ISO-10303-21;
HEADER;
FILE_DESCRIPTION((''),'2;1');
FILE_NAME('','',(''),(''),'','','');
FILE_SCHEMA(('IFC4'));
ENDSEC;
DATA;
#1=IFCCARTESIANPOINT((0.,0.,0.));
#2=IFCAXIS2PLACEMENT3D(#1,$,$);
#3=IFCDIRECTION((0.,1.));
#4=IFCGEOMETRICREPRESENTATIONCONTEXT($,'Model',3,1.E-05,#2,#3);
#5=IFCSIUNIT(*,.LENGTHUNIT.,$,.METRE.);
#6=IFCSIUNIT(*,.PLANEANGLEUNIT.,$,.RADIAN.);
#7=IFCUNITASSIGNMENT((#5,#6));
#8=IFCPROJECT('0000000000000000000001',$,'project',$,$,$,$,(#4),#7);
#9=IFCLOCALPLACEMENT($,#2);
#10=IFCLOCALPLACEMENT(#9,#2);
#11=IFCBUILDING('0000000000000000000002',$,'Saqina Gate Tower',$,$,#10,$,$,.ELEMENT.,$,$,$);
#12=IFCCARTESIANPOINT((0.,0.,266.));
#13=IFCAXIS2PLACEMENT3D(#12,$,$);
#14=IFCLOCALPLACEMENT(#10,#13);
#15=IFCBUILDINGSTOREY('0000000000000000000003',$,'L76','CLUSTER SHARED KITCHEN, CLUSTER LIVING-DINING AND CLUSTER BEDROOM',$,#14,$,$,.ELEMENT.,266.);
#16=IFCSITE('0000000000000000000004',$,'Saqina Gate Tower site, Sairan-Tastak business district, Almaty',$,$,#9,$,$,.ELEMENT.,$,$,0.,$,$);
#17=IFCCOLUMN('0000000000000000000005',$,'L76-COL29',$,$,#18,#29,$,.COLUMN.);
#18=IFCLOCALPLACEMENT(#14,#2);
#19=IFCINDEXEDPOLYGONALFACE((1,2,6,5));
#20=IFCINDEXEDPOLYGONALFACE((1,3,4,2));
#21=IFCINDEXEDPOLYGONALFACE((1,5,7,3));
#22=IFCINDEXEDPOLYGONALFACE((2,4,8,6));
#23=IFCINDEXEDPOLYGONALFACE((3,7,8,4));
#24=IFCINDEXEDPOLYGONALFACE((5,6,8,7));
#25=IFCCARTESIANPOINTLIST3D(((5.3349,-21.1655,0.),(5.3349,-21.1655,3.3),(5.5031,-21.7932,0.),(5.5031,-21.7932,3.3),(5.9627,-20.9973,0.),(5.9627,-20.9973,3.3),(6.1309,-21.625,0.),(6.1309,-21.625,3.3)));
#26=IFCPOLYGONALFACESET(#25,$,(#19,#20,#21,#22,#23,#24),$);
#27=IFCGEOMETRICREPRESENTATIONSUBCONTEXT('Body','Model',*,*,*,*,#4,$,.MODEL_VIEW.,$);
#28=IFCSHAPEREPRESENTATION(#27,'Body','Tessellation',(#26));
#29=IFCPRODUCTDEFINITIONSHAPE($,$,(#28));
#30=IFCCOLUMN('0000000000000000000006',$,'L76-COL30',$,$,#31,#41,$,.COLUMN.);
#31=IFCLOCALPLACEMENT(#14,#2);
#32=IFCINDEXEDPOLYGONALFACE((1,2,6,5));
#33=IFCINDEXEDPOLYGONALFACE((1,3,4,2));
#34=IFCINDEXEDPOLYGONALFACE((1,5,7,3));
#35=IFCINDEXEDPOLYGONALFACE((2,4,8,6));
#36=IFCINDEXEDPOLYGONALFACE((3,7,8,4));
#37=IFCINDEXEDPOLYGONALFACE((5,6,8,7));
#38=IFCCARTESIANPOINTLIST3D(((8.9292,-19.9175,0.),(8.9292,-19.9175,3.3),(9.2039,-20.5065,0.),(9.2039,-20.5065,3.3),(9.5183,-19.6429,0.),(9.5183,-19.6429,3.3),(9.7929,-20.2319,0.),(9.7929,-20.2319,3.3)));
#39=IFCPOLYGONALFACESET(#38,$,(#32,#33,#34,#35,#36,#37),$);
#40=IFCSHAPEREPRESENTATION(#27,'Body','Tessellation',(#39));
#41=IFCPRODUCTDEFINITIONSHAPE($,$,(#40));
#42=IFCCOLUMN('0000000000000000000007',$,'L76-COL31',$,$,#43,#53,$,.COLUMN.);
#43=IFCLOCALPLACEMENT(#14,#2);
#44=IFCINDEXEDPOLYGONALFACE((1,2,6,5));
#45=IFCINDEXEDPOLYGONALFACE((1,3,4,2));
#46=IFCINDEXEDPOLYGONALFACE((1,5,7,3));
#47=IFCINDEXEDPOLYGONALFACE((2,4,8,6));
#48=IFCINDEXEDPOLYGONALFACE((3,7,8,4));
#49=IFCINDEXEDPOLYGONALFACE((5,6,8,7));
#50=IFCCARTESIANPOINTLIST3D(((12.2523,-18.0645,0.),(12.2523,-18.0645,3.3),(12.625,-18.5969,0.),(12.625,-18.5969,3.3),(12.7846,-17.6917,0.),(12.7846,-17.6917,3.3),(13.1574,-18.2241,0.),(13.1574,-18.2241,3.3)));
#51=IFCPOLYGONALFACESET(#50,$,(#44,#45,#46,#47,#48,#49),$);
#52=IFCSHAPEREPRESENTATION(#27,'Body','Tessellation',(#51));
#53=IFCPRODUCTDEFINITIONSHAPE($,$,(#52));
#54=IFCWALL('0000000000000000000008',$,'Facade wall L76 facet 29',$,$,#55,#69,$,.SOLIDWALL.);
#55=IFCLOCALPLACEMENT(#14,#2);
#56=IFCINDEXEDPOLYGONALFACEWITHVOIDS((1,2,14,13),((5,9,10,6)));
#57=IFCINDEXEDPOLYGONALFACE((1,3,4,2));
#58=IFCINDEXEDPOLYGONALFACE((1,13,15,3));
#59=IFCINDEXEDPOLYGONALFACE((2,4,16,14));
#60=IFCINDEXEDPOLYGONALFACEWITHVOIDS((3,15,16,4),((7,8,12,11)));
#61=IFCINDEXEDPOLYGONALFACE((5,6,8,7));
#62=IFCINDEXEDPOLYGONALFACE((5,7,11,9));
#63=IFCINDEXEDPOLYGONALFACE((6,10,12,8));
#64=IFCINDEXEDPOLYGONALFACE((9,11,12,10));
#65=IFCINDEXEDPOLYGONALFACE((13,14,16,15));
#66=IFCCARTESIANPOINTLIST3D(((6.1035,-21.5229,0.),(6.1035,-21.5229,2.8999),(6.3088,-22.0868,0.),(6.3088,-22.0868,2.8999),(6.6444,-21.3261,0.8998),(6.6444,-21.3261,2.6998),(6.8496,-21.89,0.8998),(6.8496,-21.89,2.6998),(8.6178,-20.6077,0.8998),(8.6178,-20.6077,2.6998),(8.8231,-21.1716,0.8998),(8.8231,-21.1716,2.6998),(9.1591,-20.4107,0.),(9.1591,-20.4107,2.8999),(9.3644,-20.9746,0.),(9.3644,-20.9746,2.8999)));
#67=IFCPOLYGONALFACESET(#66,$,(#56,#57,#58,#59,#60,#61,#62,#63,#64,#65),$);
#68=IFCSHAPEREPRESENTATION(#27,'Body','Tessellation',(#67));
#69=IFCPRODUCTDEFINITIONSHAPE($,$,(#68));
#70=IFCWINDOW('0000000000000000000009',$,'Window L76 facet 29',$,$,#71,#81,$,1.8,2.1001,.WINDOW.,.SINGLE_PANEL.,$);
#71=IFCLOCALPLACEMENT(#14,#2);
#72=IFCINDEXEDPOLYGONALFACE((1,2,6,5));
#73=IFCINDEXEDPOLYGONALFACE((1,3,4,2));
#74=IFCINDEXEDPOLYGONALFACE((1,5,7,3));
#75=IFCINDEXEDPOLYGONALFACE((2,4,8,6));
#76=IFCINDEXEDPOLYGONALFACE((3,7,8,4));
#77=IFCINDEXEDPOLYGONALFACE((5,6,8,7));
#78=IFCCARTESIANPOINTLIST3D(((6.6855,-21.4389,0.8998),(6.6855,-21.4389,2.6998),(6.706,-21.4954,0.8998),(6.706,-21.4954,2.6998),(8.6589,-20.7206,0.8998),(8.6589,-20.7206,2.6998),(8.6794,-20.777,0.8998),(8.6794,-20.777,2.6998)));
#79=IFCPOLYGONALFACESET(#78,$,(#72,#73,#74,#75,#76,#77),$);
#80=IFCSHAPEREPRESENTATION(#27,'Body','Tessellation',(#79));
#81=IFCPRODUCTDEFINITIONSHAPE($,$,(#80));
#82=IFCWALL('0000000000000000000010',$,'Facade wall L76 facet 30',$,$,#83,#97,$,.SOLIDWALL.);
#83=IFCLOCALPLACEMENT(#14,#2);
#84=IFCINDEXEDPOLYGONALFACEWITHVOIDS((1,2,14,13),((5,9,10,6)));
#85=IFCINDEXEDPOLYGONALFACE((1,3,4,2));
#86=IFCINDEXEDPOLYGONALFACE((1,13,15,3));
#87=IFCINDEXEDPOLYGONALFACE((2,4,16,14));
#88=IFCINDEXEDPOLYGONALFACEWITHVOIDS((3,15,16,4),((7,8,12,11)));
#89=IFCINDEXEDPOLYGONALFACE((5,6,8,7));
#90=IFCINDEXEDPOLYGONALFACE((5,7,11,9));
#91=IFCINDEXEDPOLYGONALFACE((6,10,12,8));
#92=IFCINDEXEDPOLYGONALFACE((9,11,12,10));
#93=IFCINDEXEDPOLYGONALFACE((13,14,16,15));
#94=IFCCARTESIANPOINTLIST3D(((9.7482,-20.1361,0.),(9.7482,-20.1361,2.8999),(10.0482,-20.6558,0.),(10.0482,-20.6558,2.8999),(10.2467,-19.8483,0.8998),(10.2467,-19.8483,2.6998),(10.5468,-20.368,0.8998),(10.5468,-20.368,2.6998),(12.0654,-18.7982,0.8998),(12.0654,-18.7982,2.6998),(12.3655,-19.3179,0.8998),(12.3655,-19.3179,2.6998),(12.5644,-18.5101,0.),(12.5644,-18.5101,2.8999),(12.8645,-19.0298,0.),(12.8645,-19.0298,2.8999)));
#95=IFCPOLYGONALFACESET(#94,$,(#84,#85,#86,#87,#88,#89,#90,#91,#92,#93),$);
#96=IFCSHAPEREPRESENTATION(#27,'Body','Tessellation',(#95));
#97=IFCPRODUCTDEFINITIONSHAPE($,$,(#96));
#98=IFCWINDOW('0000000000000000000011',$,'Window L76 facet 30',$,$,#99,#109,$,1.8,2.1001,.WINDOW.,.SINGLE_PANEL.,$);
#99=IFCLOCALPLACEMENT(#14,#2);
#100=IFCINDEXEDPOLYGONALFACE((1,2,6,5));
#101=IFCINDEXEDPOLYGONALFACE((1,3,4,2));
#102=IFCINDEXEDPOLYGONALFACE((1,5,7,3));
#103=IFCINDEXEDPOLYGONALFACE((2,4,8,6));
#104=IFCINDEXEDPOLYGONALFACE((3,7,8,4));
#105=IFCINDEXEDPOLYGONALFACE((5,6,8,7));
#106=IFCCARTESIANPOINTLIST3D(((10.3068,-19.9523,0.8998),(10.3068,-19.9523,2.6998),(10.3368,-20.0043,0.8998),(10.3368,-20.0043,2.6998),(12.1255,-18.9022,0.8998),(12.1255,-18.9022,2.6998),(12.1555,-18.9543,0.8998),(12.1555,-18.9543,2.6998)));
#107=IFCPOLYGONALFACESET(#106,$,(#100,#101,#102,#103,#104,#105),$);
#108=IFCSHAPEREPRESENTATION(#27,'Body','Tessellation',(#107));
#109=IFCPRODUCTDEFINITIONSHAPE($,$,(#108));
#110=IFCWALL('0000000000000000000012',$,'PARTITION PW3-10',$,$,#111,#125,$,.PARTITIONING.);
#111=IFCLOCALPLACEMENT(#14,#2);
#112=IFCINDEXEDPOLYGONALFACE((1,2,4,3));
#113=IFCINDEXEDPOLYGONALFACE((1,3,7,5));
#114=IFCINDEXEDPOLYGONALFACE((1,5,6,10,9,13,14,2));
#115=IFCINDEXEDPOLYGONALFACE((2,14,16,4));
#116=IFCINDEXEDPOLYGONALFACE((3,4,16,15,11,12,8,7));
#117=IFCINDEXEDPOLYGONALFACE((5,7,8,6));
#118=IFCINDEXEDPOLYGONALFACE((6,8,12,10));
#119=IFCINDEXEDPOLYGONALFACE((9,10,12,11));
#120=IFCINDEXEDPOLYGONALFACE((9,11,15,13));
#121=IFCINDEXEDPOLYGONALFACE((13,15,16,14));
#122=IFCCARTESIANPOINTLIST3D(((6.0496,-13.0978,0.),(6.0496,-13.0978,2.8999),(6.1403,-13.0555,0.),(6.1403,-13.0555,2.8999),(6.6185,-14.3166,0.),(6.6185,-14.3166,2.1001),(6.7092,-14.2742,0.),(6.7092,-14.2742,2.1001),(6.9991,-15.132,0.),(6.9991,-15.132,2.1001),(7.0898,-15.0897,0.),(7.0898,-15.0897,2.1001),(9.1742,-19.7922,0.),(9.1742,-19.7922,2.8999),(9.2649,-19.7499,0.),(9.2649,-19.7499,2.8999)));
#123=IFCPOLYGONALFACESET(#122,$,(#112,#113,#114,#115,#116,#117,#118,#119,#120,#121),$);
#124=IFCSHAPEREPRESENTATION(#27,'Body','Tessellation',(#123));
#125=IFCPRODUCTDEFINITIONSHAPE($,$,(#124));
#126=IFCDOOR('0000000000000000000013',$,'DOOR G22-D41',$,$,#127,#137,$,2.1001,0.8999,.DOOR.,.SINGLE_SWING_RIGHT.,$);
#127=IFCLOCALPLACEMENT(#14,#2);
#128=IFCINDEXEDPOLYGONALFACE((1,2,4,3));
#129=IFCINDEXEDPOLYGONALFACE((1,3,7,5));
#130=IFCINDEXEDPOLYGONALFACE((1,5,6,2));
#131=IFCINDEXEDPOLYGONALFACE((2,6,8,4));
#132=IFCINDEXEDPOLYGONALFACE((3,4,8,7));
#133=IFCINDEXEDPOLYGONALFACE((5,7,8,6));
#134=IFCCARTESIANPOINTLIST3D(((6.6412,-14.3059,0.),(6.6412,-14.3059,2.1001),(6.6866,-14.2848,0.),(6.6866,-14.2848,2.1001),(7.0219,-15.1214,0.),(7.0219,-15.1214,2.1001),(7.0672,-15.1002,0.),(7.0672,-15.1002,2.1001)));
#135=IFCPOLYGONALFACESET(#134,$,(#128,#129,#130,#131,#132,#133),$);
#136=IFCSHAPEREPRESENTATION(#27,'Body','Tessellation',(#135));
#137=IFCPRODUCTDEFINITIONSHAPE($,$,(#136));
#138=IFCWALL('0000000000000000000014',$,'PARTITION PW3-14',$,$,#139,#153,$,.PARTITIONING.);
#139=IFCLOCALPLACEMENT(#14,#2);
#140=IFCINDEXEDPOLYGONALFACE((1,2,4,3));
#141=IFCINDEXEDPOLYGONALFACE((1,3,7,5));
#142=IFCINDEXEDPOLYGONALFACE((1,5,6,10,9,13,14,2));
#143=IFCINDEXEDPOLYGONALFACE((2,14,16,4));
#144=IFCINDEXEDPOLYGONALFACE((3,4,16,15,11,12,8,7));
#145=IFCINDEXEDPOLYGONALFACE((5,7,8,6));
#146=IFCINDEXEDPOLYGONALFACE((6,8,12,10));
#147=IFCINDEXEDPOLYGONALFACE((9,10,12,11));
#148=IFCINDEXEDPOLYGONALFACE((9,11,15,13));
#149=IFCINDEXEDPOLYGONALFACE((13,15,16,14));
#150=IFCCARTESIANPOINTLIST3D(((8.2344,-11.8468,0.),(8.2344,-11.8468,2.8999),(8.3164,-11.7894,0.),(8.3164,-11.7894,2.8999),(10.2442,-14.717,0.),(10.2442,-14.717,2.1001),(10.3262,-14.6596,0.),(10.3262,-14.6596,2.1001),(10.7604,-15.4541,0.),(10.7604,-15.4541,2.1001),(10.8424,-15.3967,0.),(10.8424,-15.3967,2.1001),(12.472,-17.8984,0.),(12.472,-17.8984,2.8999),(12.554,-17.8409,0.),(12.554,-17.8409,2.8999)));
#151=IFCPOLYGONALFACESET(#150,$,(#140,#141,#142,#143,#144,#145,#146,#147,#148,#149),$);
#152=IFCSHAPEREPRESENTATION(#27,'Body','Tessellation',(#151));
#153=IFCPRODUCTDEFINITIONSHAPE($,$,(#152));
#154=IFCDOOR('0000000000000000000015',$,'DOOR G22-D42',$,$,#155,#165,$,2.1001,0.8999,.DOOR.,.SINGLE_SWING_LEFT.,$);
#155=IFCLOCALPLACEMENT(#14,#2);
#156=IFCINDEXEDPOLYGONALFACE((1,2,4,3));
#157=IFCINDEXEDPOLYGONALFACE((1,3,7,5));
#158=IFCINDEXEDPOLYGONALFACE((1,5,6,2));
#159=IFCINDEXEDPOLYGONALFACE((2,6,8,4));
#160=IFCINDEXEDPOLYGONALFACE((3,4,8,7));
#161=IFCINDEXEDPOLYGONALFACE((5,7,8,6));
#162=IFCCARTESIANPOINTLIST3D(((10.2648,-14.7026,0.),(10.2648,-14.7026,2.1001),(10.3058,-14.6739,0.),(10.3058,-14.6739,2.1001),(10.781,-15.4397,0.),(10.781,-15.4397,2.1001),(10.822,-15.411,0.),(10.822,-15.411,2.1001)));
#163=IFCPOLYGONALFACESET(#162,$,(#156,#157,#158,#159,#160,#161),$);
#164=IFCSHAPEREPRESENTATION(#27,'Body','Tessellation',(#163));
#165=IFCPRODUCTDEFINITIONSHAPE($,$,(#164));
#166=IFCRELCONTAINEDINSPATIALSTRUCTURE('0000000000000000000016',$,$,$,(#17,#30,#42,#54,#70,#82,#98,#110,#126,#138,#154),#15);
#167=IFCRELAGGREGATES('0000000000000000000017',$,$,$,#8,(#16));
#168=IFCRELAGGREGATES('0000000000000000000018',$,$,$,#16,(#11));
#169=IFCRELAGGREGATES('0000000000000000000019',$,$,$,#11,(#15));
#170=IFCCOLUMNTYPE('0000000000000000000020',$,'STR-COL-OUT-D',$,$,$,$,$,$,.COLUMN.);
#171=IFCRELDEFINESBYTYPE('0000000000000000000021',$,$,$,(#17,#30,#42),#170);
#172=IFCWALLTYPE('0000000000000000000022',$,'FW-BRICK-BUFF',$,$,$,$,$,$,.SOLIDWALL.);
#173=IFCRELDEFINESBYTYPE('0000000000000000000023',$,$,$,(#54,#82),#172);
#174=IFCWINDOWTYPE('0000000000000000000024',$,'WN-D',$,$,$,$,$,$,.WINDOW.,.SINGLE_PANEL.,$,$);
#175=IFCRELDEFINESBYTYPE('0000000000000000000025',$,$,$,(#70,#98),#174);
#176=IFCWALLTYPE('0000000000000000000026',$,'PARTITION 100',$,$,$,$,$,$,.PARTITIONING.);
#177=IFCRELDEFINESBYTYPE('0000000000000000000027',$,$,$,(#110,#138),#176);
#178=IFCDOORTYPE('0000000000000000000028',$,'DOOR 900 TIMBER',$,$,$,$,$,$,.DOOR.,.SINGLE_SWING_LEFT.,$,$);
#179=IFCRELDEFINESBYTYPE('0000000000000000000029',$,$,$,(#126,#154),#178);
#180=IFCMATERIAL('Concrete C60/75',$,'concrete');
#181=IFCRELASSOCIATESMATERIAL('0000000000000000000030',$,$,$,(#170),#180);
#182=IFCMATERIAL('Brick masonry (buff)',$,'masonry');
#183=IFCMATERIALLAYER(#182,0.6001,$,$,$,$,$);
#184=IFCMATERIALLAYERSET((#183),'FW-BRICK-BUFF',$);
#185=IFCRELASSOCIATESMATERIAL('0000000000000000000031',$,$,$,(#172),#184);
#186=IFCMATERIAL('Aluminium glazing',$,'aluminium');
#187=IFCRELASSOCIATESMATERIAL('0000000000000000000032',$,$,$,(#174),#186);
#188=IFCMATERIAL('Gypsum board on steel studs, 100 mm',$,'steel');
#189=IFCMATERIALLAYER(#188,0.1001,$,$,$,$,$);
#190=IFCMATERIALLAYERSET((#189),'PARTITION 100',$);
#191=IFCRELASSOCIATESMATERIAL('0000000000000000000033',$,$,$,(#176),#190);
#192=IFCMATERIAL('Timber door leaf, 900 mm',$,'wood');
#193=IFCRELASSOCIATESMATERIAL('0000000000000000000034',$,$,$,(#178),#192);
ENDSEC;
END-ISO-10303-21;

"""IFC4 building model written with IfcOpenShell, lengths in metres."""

from ifc_helpers import new_model, si_unit, direction, frame, frame_2d, origin, origin_2d, place, context, subcontext, project, spatial, rectangle, extrude, material, layer, layer_set, material_profile, profile_set, type_object, element, fill, save


model = new_model("IFC4")

# Units and contexts
model_context = context("Model", 3, precision=1e-05, world=origin(), true_north=direction((0.0, 1.0)))
body_context = subcontext(model_context, "Body", "Model", "MODEL_VIEW")
ifc_project = project(units=[si_unit("LENGTHUNIT", "METRE"), si_unit("PLANEANGLEUNIT", "RADIAN")], contexts=[model_context])

# Site, building, storey
site_placement = place(None, origin())
site = spatial("IfcSite", under=ifc_project, at=site_placement, Name="Saqina Gate Tower site, Sairan-Tastak business district, Almaty", CompositionType="ELEMENT", RefElevation=0.0)
building_placement = place(site_placement, origin())
building = spatial("IfcBuilding", under=site, at=building_placement, Name="Saqina Gate Tower", CompositionType="ELEMENT")
storey_placement = place(building_placement, frame((0.0, 0.0, 266.0)))
storey = spatial("IfcBuildingStorey", under=building, at=storey_placement, Name="L76", Description="CLUSTER SHARED KITCHEN, CLUSTER LIVING-DINING AND CLUSTER BEDROOM", CompositionType="ELEMENT", Elevation=266.0)

# Columns
ifc_material_1 = material(Name="Concrete C60/75", Category="concrete")
ifc_material_profile = material_profile(ifc_material_1, rectangle(XDim=0.6499, YDim=0.6499, at=origin_2d()), Name="RC 650x650")
ifc_profile_set = profile_set([ifc_material_profile], Name="Concrete C60/75")
column_type = type_object("IfcColumnType", Name="STR-COL-OUT-D", PredefinedType="COLUMN", material=ifc_profile_set)
for number, where, z_axis, x_axis, name in (
    (1, (5.7329, -21.3953, 0.0), (0.0, 0.0, 1.0), (0.258819, -0.965926, 0.0), "L76-COL29"),
    (2, (9.3611, -20.0747, 0.0), (0.0, 0.0, 1.0), (0.422618, -0.906308, 0.0), "L76-COL30"),
    (3, (12.7048, -18.1443, 0.0), (0.0, 0.0, 1.0), (0.573576, -0.819152, 0.0), "L76-COL31"),
):
    element("IfcColumn", number, at=place(storey_placement, frame(where, z_axis=z_axis, x_axis=x_axis)), inside=storey, type_object=column_type, Name=name, PredefinedType="COLUMN", context=body_context, shape_type="SweptSolid", body=[
        extrude(rectangle(XDim=0.6499, YDim=0.6499, at=origin_2d()), origin(), (0.0, 0.0, 1.0), 3.3),
    ])

# Walls, openings, windows
ifc_material_2 = material(Name="Brick masonry (buff)", Category="masonry")
ifc_layer_1 = layer(ifc_material_2, 0.6001)
ifc_layer_set_1 = layer_set([ifc_layer_1], Name="FW-BRICK-BUFF")
wall_type_1 = type_object("IfcWallType", Name="FW-BRICK-BUFF", PredefinedType="SOLIDWALL", material=ifc_layer_set_1)
wall_1_placement = place(storey_placement, frame((6.2061, -21.8049, 0.0), z_axis=(0.0, 0.0, 1.0), x_axis=(0.939679, 0.342057, 0.0)))
wall_1 = element("IfcWall", 4, at=wall_1_placement, inside=storey, type_object=wall_type_1, Name="Facade wall L76 facet 29", PredefinedType="SOLIDWALL", context=body_context, shape_type="SweptSolid", body=[
    extrude(rectangle(XDim=3.2517, YDim=0.6001, at=frame_2d((1.626, 0.0))), origin(), (0.0, 0.0, 1.0), 2.8999),
])
opening_1_placement = place(wall_1_placement, frame((0.5757, 0.0, 0.8999)))
opening_1 = element("IfcOpeningElement", 5, at=opening_1_placement, cuts=wall_1, PredefinedType="OPENING", context=body_context, shape_type="SweptSolid", body=[
    extrude(rectangle(XDim=2.1001, YDim=1.8, at=frame_2d((1.05, 0.8999))), frame((0.0, 0.312, 0.0), z_axis=(0.0, -1.0, 0.0), x_axis=(1.0, 0.0, 0.0)), (0.0, 0.0, 1.0), 0.624),
])
ifc_material_3 = material(Name="Aluminium glazing", Category="aluminium")
window_type = type_object("IfcWindowType", Name="WN-D", PartitioningType="SINGLE_PANEL", PredefinedType="WINDOW", material=ifc_material_3)
window_1_placement = place(opening_1_placement, origin())
window_1 = element("IfcWindow", 6, at=window_1_placement, inside=storey, type_object=window_type, Name="Window L76 facet 29", OverallHeight=1.8, OverallWidth=2.1001, PartitioningType="SINGLE_PANEL", PredefinedType="WINDOW", context=body_context, shape_type="SweptSolid", body=[
    extrude(rectangle(XDim=2.1001, YDim=1.8, at=frame_2d((1.05, 0.8999))), frame((0.0, 0.1799, 0.0), z_axis=(0.0, -1.0, 0.0), x_axis=(1.0, 0.0, 0.0)), (0.0, 0.0, 1.0), 0.0601),
])
fill(opening_1, window_1)
wall_2_placement = place(storey_placement, frame((9.8982, -20.396, 0.0), z_axis=(0.0, 0.0, 1.0), x_axis=(0.866017, 0.500015, 0.0)))
wall_2 = element("IfcWall", 7, at=wall_2_placement, inside=storey, type_object=wall_type_1, Name="Facade wall L76 facet 30", PredefinedType="SOLIDWALL", context=body_context, shape_type="SweptSolid", body=[
    extrude(rectangle(XDim=3.252, YDim=0.6001, at=frame_2d((1.626, 0.0))), origin(), (0.0, 0.0, 1.0), 2.8999),
])
opening_2_placement = place(wall_2_placement, frame((0.5757, 0.0, 0.8999)))
opening_2 = element("IfcOpeningElement", 8, at=opening_2_placement, cuts=wall_2, PredefinedType="OPENING", context=body_context, shape_type="SweptSolid", body=[
    extrude(rectangle(XDim=2.1001, YDim=1.8, at=frame_2d((1.05, 0.8999))), frame((0.0, 0.312, 0.0), z_axis=(0.0, -1.0, 0.0), x_axis=(1.0, 0.0, 0.0)), (0.0, 0.0, 1.0), 0.624),
])
window_2_placement = place(opening_2_placement, origin())
window_2 = element("IfcWindow", 9, at=window_2_placement, inside=storey, type_object=window_type, Name="Window L76 facet 30", OverallHeight=1.8, OverallWidth=2.1001, PartitioningType="SINGLE_PANEL", PredefinedType="WINDOW", context=body_context, shape_type="SweptSolid", body=[
    extrude(rectangle(XDim=2.1001, YDim=1.8, at=frame_2d((1.05, 0.8999))), frame((0.0, 0.1799, 0.0), z_axis=(0.0, -1.0, 0.0), x_axis=(1.0, 0.0, 0.0)), (0.0, 0.0, 1.0), 0.0601),
])
fill(opening_2, window_2)

# Walls, openings, doors
ifc_material_4 = material(Name="Gypsum board on steel studs, 100 mm", Category="steel")
ifc_layer_2 = layer(ifc_material_4, 0.1001)
ifc_layer_set_2 = layer_set([ifc_layer_2], Name="PARTITION 100")
wall_type_2 = type_object("IfcWallType", Name="PARTITION 100", PredefinedType="PARTITIONING", material=ifc_layer_set_2)
wall_3_placement = place(storey_placement, frame((6.095, -13.0767, 0.0), z_axis=(0.0, 0.0, 1.0), x_axis=(0.42294, -0.906158, 0.0)))
wall_3 = element("IfcWall", 10, at=wall_3_placement, inside=storey, type_object=wall_type_2, Name="PARTITION PW3-10", PredefinedType="PARTITIONING", context=body_context, shape_type="SweptSolid", body=[
    extrude(rectangle(XDim=7.3877, YDim=0.1001, at=frame_2d((3.6938, 0.0))), origin(), (0.0, 0.0, 1.0), 2.8999),
])
opening_3_placement = place(wall_3_placement, frame((1.345, 0.0, 0.0)))
opening_3 = element("IfcOpeningElement", 11, at=opening_3_placement, cuts=wall_3, PredefinedType="OPENING", context=body_context, shape_type="SweptSolid", body=[
    extrude(rectangle(XDim=0.8999, YDim=2.1001, at=frame_2d((0.45, 1.05))), frame((0.0, 0.062, 0.0), z_axis=(0.0, -1.0, 0.0), x_axis=(1.0, 0.0, 0.0)), (0.0, 0.0, 1.0), 0.124),
])
ifc_material_5 = material(Name="Timber door leaf, 900 mm", Category="wood")
door_type_1 = type_object("IfcDoorType", Name="DOOR 900 TIMBER", OperationType="SINGLE_SWING_LEFT", PredefinedType="DOOR", material=ifc_material_5)
door_1_placement = place(opening_3_placement, frame((0.8999, 0.0, 0.0), z_axis=(0.0, 0.0, 1.0), x_axis=(-1.0, 0.0, 0.0)))
door_1 = element("IfcDoor", 12, at=door_1_placement, inside=storey, type_object=door_type_1, Name="DOOR G22-D41", OperationType="SINGLE_SWING_RIGHT", OverallHeight=2.1001, OverallWidth=0.8999, PredefinedType="DOOR", context=body_context, shape_type="SweptSolid", body=[
    extrude(rectangle(XDim=0.8999, YDim=2.1001, at=frame_2d((0.45, 1.05))), frame((0.0, 0.0249, 0.0), z_axis=(0.0, -1.0, 0.0), x_axis=(1.0, 0.0, 0.0)), (0.0, 0.0, 1.0), 0.05),
])
fill(opening_3, door_1)
wall_4_placement = place(storey_placement, frame((8.2754, -11.8181, 0.0), z_axis=(0.0, 0.0, 1.0), x_axis=(0.573598, -0.819137, 0.0)))
wall_4 = element("IfcWall", 13, at=wall_4_placement, inside=storey, type_object=wall_type_2, Name="PARTITION PW3-14", PredefinedType="PARTITIONING", context=body_context, shape_type="SweptSolid", body=[
    extrude(rectangle(XDim=7.3877, YDim=0.1001, at=frame_2d((3.6938, 0.0))), origin(), (0.0, 0.0, 1.0), 2.8999),
])
opening_4_placement = place(wall_4_placement, frame((3.5039, 0.0, 0.0)))
opening_4 = element("IfcOpeningElement", 14, at=opening_4_placement, cuts=wall_4, PredefinedType="OPENING", context=body_context, shape_type="SweptSolid", body=[
    extrude(rectangle(XDim=0.8999, YDim=2.1001, at=frame_2d((0.45, 1.05))), frame((0.0, 0.062, 0.0), z_axis=(0.0, -1.0, 0.0), x_axis=(1.0, 0.0, 0.0)), (0.0, 0.0, 1.0), 0.124),
])
door_2_placement = place(opening_4_placement, frame((0.8999, 0.0, 0.0), z_axis=(0.0, 0.0, 1.0), x_axis=(-1.0, 0.0, 0.0)))
door_2 = element("IfcDoor", 15, at=door_2_placement, inside=storey, type_object=door_type_1, Name="DOOR G22-D42", OperationType="SINGLE_SWING_LEFT", OverallHeight=2.1001, OverallWidth=0.8999, PredefinedType="DOOR", context=body_context, shape_type="SweptSolid", body=[
    extrude(rectangle(XDim=0.8999, YDim=2.1001, at=frame_2d((0.45, 1.05))), frame((0.0, 0.0249, 0.0), z_axis=(0.0, -1.0, 0.0), x_axis=(1.0, 0.0, 0.0)), (0.0, 0.0, 1.0), 0.05),
])
fill(opening_4, door_2)

save(model, "model.ifc")
